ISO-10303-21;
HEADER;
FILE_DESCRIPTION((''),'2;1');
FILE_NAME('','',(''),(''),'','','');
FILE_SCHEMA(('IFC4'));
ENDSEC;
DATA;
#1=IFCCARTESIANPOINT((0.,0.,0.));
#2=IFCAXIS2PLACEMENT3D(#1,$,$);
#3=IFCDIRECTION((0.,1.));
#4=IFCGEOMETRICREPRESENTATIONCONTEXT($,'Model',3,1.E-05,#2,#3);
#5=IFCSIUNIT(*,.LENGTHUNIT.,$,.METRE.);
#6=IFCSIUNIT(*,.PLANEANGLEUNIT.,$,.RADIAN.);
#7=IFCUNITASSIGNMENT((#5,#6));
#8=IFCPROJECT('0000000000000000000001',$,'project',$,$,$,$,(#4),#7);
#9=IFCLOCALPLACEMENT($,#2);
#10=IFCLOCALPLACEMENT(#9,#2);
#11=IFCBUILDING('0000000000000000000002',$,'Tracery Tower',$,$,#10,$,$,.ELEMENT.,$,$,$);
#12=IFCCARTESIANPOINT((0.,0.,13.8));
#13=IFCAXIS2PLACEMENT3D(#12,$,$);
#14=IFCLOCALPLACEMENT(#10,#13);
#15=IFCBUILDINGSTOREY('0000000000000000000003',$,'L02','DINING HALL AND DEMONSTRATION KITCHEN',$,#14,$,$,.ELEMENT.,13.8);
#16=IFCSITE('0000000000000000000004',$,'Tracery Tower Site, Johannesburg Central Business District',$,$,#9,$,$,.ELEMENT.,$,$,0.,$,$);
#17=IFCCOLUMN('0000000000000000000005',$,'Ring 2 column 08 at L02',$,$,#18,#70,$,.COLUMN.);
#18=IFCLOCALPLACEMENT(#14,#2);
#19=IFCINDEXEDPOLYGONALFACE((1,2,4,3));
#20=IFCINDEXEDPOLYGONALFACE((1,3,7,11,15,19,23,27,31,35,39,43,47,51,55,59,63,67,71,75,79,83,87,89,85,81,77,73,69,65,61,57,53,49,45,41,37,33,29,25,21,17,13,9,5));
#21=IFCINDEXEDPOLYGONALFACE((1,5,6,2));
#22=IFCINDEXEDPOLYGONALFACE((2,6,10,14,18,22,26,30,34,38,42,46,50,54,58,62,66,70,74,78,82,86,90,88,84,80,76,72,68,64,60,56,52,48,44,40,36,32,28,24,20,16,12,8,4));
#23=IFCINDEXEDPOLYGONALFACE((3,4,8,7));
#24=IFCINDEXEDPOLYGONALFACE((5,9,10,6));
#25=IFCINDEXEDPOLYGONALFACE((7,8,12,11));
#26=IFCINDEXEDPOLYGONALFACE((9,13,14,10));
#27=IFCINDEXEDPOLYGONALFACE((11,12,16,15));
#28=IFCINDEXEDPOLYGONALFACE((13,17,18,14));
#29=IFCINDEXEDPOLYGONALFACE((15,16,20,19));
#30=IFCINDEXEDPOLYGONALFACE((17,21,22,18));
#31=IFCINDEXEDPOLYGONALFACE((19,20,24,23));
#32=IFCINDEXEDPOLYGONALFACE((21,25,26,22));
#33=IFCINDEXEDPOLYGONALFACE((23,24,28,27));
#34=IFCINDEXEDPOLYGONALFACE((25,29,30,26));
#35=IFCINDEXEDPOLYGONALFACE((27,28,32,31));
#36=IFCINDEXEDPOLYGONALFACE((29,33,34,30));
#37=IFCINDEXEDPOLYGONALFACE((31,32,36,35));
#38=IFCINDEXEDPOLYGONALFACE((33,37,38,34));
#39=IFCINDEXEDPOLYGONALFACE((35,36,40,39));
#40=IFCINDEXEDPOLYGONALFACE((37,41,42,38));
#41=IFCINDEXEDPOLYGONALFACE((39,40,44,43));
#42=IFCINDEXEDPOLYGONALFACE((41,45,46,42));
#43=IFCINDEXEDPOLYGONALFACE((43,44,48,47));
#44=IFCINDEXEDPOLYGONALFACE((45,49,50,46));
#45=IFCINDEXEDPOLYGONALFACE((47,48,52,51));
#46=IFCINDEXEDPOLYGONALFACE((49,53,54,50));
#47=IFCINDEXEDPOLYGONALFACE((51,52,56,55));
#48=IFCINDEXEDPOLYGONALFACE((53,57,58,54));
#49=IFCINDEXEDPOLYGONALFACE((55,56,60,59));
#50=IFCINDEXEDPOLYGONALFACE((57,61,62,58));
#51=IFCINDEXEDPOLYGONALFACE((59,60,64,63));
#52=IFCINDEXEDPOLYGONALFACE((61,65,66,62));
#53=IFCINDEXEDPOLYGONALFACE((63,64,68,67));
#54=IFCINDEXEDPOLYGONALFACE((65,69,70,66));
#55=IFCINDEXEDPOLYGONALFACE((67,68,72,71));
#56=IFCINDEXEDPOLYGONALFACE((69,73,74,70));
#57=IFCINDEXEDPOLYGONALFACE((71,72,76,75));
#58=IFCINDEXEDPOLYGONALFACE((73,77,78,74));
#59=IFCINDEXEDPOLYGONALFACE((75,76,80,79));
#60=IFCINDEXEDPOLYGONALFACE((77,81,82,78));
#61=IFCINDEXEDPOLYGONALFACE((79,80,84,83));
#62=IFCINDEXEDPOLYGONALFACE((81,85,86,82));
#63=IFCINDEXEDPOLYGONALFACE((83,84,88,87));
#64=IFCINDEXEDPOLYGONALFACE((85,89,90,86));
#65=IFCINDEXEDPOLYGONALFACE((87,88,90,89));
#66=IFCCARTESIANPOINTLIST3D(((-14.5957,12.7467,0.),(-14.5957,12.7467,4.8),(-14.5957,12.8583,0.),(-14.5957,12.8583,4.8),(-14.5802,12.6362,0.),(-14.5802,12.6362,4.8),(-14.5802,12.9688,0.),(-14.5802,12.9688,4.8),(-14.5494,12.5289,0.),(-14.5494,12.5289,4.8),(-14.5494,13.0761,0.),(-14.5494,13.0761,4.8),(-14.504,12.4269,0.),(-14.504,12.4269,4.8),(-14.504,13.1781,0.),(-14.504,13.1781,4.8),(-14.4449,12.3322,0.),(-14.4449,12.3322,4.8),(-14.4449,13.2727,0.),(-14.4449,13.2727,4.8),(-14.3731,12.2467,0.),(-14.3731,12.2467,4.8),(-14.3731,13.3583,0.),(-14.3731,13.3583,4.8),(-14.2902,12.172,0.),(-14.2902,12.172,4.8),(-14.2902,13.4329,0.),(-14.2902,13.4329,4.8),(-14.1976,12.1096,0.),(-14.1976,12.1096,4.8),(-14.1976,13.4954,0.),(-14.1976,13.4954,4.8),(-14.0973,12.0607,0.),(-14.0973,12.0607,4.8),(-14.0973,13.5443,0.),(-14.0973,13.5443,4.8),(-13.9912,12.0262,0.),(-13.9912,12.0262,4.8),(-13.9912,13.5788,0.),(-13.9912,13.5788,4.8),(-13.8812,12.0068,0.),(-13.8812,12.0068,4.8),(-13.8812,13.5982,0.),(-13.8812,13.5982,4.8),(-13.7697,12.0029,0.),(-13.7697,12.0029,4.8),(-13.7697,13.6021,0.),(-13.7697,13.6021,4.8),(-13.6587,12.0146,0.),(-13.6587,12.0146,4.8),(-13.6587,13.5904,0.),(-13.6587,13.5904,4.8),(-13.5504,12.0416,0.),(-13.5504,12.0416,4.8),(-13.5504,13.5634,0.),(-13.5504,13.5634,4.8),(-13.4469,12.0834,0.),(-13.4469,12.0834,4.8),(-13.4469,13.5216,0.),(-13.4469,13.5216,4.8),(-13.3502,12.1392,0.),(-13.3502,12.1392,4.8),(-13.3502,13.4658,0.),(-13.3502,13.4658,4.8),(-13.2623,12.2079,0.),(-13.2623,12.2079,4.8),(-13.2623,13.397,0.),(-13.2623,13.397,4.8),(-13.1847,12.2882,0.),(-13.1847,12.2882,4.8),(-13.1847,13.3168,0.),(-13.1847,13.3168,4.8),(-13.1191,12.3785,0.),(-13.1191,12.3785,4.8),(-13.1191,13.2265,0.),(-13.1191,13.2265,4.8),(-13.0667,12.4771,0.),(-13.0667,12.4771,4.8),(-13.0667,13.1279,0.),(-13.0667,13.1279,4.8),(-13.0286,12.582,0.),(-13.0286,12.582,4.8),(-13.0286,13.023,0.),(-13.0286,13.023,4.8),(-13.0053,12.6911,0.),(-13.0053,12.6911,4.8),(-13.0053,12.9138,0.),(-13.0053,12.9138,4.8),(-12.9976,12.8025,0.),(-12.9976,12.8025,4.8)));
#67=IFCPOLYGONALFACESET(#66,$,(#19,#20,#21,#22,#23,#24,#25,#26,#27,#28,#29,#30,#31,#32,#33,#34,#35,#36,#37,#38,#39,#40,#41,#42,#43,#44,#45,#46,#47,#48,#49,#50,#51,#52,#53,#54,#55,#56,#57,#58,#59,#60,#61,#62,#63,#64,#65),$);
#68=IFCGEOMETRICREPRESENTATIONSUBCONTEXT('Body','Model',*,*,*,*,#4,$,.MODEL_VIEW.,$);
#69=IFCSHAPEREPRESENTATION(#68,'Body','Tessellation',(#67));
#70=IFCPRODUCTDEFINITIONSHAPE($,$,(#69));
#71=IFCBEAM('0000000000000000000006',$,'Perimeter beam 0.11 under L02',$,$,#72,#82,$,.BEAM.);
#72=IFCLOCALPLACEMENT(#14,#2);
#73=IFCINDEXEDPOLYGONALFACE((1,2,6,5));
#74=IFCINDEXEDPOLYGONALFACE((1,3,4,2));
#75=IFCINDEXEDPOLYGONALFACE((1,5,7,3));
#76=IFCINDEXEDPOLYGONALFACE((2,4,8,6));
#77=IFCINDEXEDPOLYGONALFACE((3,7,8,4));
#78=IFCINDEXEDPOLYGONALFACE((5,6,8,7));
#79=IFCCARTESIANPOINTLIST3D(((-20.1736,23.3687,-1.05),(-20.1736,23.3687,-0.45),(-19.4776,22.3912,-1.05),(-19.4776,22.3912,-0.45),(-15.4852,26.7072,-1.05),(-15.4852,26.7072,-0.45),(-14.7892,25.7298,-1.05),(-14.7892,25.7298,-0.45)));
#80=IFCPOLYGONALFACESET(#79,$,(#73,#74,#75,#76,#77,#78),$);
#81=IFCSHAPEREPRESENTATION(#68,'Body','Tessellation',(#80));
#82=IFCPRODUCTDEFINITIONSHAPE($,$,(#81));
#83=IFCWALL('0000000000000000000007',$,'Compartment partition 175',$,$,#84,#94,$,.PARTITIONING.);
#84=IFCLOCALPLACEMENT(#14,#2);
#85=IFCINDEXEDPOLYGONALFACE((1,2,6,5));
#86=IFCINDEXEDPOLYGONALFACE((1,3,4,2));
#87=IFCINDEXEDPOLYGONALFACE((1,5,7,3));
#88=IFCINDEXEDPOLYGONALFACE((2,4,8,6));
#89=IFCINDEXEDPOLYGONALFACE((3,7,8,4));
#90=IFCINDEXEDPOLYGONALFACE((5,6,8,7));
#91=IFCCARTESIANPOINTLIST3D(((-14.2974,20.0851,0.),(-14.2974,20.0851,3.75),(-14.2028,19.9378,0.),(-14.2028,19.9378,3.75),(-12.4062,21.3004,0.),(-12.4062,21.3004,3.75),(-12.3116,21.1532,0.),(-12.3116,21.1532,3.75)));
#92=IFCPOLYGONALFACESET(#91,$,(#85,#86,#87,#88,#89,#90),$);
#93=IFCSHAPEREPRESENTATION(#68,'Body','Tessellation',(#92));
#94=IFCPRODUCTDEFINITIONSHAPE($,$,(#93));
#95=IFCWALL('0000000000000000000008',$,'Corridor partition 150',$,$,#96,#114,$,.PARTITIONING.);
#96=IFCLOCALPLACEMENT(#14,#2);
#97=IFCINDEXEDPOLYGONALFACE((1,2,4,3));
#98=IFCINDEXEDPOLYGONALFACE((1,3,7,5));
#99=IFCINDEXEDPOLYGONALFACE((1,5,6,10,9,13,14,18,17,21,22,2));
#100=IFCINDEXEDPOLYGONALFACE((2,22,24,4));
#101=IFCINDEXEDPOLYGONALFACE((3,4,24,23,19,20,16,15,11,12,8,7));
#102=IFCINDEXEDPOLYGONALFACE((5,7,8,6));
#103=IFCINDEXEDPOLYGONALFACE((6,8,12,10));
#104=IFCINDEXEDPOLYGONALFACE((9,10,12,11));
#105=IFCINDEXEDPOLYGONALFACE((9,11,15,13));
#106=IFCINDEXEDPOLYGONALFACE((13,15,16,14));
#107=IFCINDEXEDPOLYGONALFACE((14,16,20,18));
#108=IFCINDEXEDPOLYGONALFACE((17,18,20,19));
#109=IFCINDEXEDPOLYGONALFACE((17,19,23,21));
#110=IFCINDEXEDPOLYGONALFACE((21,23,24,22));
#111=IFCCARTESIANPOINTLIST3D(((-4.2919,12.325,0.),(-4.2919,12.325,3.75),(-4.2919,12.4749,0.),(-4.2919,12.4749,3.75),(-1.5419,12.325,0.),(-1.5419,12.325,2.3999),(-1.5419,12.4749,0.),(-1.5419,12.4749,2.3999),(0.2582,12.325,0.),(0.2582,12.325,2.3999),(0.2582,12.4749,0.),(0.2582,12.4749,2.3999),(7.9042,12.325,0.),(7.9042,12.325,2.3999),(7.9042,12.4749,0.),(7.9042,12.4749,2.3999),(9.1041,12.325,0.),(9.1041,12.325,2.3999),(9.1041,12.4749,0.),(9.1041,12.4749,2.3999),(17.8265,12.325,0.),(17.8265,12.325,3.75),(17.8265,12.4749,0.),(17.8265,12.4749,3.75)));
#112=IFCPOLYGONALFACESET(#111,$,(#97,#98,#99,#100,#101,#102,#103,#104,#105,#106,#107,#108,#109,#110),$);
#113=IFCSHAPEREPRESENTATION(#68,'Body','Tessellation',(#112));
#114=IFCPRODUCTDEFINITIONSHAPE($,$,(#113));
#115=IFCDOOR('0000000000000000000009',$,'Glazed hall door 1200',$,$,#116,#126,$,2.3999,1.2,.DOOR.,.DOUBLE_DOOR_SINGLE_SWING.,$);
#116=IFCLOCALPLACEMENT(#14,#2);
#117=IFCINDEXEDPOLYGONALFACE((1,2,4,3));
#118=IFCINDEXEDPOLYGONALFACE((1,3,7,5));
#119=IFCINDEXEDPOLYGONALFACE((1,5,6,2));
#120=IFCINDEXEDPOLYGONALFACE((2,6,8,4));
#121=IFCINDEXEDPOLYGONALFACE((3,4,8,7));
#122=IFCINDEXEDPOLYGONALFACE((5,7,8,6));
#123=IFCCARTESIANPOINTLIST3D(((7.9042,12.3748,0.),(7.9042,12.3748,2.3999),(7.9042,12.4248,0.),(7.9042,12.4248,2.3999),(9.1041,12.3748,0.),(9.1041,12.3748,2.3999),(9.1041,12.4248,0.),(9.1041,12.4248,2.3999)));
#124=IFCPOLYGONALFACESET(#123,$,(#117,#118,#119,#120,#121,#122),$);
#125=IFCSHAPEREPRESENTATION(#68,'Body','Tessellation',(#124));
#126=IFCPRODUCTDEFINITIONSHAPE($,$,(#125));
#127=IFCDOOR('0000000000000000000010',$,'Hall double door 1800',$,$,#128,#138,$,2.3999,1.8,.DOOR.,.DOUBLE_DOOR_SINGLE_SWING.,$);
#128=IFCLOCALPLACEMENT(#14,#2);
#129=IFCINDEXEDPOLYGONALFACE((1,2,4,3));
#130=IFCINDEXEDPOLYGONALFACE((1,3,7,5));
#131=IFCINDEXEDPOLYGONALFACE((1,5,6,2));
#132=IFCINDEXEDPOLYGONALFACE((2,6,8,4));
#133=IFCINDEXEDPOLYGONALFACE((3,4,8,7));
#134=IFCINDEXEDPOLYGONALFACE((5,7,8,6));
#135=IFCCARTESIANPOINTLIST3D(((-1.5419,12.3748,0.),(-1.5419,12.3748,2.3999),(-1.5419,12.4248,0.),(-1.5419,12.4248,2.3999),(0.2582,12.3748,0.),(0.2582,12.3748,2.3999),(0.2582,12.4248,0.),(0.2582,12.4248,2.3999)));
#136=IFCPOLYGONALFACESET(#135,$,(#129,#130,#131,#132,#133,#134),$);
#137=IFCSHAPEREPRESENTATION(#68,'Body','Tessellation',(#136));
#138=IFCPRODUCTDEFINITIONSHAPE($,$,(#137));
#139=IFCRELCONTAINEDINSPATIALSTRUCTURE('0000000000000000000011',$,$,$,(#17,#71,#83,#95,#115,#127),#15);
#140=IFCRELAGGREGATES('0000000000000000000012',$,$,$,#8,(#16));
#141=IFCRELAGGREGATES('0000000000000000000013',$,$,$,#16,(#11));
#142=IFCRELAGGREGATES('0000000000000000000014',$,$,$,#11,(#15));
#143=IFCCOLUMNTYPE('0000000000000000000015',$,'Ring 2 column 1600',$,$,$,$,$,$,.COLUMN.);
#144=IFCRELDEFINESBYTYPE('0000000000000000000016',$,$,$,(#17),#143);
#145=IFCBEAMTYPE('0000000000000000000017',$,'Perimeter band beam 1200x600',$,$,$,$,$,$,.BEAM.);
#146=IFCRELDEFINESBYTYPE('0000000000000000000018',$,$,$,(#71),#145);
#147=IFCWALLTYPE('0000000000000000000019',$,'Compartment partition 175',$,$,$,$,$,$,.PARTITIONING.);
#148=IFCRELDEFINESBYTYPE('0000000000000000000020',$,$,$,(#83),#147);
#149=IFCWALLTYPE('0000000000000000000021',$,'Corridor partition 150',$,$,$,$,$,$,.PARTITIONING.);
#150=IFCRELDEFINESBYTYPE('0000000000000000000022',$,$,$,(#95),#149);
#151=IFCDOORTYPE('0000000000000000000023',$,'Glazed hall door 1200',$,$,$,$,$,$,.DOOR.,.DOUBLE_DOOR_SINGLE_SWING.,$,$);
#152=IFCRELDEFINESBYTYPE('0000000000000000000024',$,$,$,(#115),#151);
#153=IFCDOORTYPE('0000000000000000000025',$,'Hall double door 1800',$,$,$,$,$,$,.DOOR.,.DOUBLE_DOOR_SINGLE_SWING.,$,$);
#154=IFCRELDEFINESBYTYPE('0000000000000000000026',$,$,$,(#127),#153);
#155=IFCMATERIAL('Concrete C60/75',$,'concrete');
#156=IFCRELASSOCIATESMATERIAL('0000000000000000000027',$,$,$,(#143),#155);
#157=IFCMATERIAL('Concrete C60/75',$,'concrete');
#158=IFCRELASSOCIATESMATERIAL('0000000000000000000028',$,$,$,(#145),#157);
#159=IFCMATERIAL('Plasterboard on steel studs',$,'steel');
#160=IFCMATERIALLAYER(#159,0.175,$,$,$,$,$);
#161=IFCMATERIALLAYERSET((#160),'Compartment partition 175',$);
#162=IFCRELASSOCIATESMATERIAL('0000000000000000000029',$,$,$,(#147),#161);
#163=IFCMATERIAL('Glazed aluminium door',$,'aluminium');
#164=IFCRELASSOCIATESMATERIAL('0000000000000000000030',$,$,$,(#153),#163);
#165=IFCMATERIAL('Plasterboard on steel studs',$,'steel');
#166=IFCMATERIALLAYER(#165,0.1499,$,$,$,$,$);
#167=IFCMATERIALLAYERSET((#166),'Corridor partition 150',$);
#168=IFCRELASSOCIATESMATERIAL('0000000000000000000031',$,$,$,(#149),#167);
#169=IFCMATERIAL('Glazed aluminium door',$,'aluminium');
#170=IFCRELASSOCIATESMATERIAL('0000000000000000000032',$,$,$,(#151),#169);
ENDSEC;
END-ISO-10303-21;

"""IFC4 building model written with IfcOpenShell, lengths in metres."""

from ifc_helpers import new_model, si_unit, direction, frame, frame_2d, origin, origin_2d, place, context, subcontext, project, spatial, rectangle, circle, extrude, material, layer, layer_set, material_profile, profile_set, type_object, element, fill, save


model = new_model("IFC4")

# Units and contexts
model_context = context("Model", 3, precision=1e-05, world=origin(), true_north=direction((0.0, 1.0)))
body_context = subcontext(model_context, "Body", "Model", "MODEL_VIEW")
ifc_project = project(units=[si_unit("LENGTHUNIT", "METRE"), si_unit("PLANEANGLEUNIT", "RADIAN")], contexts=[model_context])

# Site, building, storey
site_placement = place(None, origin())
site = spatial("IfcSite", under=ifc_project, at=site_placement, Name="Tracery Tower Site, Johannesburg Central Business District", CompositionType="ELEMENT", RefElevation=0.0)
building_placement = place(site_placement, origin())
building = spatial("IfcBuilding", under=site, at=building_placement, Name="Tracery Tower", CompositionType="ELEMENT")
storey_placement = place(building_placement, frame((0.0, 0.0, 13.8)))
storey = spatial("IfcBuildingStorey", under=building, at=storey_placement, Name="L02", Description="DINING HALL AND DEMONSTRATION KITCHEN", CompositionType="ELEMENT", Elevation=13.8)

# Column
ifc_material_1 = material(Name="Concrete C60/75", Category="concrete")
ifc_material_profile_1 = material_profile(ifc_material_1, circle(Radius=0.8, at=origin_2d()), Name="RC D1600")
ifc_profile_set_1 = profile_set([ifc_material_profile_1], Name="Concrete C60/75")
column_type_1 = type_object("IfcColumnType", Name="Ring 2 column 1600", PredefinedType="COLUMN", material=ifc_profile_set_1)
for number, where, z_axis, x_axis, name in (
    (1, (-13.7976, 12.8025, 0.0), (0.0, 0.0, 1.0), (1.0, 0.0, 0.0), "Ring 2 column 08 at L02"),
):
    element("IfcColumn", number, at=place(storey_placement, frame(where, z_axis=z_axis, x_axis=x_axis)), inside=storey, type_object=column_type_1, Name=name, PredefinedType="COLUMN", context=body_context, shape_type="SweptSolid", body=[
        extrude(circle(Radius=0.8, at=origin_2d()), origin(), (0.0, 0.0, 1.0), 4.8),
    ])

# Beam
ifc_material_2 = material(Name="Concrete C60/75", Category="concrete")
ifc_material_profile_2 = material_profile(ifc_material_2, rectangle(XDim=1.2, YDim=0.6001, at=origin_2d()), Name="RC 1200x600")
ifc_profile_set_2 = profile_set([ifc_material_profile_2], Name="Concrete C60/75")
beam_type = type_object("IfcBeamType", Name="Perimeter band beam 1200x600", PredefinedType="BEAM", material=ifc_profile_set_2)
beam_placement = place(storey_placement, frame((-15.1372, 26.2185, -0.75), z_axis=(-0.814578, -0.580054, 0.0), x_axis=(0.580054, -0.814578, 0.0)))
element("IfcBeam", 2, at=beam_placement, inside=storey, type_object=beam_type, Name="Perimeter beam 0.11 under L02", PredefinedType="BEAM", context=body_context, shape_type="SweptSolid", body=[
    extrude(rectangle(XDim=1.2, YDim=0.6001, at=origin_2d()), origin(), (0.0, 0.0, 1.0), 5.7556),
])

# Wall
ifc_material_3 = material(Name="Plasterboard on steel studs", Category="steel")
ifc_layer_1 = layer(ifc_material_3, 0.175)
ifc_layer_set_1 = layer_set([ifc_layer_1], Name="Compartment partition 175")
wall_type_1 = type_object("IfcWallType", Name="Compartment partition 175", PredefinedType="PARTITIONING", material=ifc_layer_set_1)
wall_1_placement = place(storey_placement, frame((-12.3589, 21.2268, 0.0), z_axis=(0.0, 0.0, 1.0), x_axis=(-0.841256, -0.540637, 0.0)))
element("IfcWall", 3, at=wall_1_placement, inside=storey, type_object=wall_type_1, Name="Compartment partition 175", PredefinedType="PARTITIONING", context=body_context, shape_type="SweptSolid", body=[
    extrude(rectangle(XDim=2.248, YDim=0.175, at=frame_2d((1.124, 0.0))), origin(), (0.0, 0.0, 1.0), 3.75),
])

# Shared definitions
ifc_material_4 = material(Name="Glazed aluminium door", Category="aluminium")
door_type_1 = type_object("IfcDoorType", Name="Hall double door 1800", OperationType="DOUBLE_DOOR_SINGLE_SWING", PredefinedType="DOOR", material=ifc_material_4)

# Wall, openings, doors
ifc_material_5 = material(Name="Plasterboard on steel studs", Category="steel")
ifc_layer_2 = layer(ifc_material_5, 0.1499)
ifc_layer_set_2 = layer_set([ifc_layer_2], Name="Corridor partition 150")
wall_type_2 = type_object("IfcWallType", Name="Corridor partition 150", PredefinedType="PARTITIONING", material=ifc_layer_set_2)
wall_2_placement = place(storey_placement, frame((-4.2917, 12.3999, 0.0), z_axis=(0.0, 0.0, 1.0), x_axis=(1.0, 0.0, 0.0)))
wall_2 = element("IfcWall", 4, at=wall_2_placement, inside=storey, type_object=wall_type_2, Name="Corridor partition 150", PredefinedType="PARTITIONING", context=body_context, shape_type="SweptSolid", body=[
    extrude(rectangle(XDim=22.1184, YDim=0.1499, at=frame_2d((11.0591, 0.0))), origin(), (0.0, 0.0, 1.0), 3.75),
])
opening_1_placement = place(wall_2_placement, frame((12.1958, 0.0, 0.0)))
opening_1 = element("IfcOpeningElement", 5, at=opening_1_placement, cuts=wall_2, PredefinedType="OPENING", context=body_context, shape_type="SweptSolid", body=[
    extrude(rectangle(XDim=1.2, YDim=2.3999, at=frame_2d((0.6001, 1.2))), frame((0.0, 0.075, 0.0), z_axis=(0.0, -1.0, 0.0), x_axis=(1.0, 0.0, 0.0)), (0.0, 0.0, 1.0), 0.1499),
])
opening_2_placement = place(wall_2_placement, frame((2.75, 0.0, 0.0)))
opening_2 = element("IfcOpeningElement", 6, at=opening_2_placement, cuts=wall_2, PredefinedType="OPENING", context=body_context, shape_type="SweptSolid", body=[
    extrude(rectangle(XDim=1.8, YDim=2.3999, at=frame_2d((0.8999, 1.2))), frame((0.0, 0.075, 0.0), z_axis=(0.0, -1.0, 0.0), x_axis=(1.0, 0.0, 0.0)), (0.0, 0.0, 1.0), 0.1499),
])
ifc_material_6 = material(Name="Glazed aluminium door", Category="aluminium")
door_type_2 = type_object("IfcDoorType", Name="Glazed hall door 1200", OperationType="DOUBLE_DOOR_SINGLE_SWING", PredefinedType="DOOR", material=ifc_material_6)
door_1_placement = place(opening_1_placement, origin())
door_1 = element("IfcDoor", 7, at=door_1_placement, inside=storey, type_object=door_type_2, Name="Glazed hall door 1200", OperationType="DOUBLE_DOOR_SINGLE_SWING", OverallHeight=2.3999, OverallWidth=1.2, PredefinedType="DOOR", context=body_context, shape_type="SweptSolid", body=[
    extrude(rectangle(XDim=1.2, YDim=2.3999, at=frame_2d((0.6001, 1.2))), frame((0.0, 0.0249, 0.0), z_axis=(0.0, -1.0, 0.0), x_axis=(1.0, 0.0, 0.0)), (0.0, 0.0, 1.0), 0.05),
])
fill(opening_1, door_1)
door_2_placement = place(opening_2_placement, origin())
door_2 = element("IfcDoor", 8, at=door_2_placement, inside=storey, type_object=door_type_1, Name="Hall double door 1800", OperationType="DOUBLE_DOOR_SINGLE_SWING", OverallHeight=2.3999, OverallWidth=1.8, PredefinedType="DOOR", context=body_context, shape_type="SweptSolid", body=[
    extrude(rectangle(XDim=1.8, YDim=2.3999, at=frame_2d((0.8999, 1.2))), frame((0.0, 0.0249, 0.0), z_axis=(0.0, -1.0, 0.0), x_axis=(1.0, 0.0, 0.0)), (0.0, 0.0, 1.0), 0.05),
])
fill(opening_2, door_2)

save(model, "model.ifc")
